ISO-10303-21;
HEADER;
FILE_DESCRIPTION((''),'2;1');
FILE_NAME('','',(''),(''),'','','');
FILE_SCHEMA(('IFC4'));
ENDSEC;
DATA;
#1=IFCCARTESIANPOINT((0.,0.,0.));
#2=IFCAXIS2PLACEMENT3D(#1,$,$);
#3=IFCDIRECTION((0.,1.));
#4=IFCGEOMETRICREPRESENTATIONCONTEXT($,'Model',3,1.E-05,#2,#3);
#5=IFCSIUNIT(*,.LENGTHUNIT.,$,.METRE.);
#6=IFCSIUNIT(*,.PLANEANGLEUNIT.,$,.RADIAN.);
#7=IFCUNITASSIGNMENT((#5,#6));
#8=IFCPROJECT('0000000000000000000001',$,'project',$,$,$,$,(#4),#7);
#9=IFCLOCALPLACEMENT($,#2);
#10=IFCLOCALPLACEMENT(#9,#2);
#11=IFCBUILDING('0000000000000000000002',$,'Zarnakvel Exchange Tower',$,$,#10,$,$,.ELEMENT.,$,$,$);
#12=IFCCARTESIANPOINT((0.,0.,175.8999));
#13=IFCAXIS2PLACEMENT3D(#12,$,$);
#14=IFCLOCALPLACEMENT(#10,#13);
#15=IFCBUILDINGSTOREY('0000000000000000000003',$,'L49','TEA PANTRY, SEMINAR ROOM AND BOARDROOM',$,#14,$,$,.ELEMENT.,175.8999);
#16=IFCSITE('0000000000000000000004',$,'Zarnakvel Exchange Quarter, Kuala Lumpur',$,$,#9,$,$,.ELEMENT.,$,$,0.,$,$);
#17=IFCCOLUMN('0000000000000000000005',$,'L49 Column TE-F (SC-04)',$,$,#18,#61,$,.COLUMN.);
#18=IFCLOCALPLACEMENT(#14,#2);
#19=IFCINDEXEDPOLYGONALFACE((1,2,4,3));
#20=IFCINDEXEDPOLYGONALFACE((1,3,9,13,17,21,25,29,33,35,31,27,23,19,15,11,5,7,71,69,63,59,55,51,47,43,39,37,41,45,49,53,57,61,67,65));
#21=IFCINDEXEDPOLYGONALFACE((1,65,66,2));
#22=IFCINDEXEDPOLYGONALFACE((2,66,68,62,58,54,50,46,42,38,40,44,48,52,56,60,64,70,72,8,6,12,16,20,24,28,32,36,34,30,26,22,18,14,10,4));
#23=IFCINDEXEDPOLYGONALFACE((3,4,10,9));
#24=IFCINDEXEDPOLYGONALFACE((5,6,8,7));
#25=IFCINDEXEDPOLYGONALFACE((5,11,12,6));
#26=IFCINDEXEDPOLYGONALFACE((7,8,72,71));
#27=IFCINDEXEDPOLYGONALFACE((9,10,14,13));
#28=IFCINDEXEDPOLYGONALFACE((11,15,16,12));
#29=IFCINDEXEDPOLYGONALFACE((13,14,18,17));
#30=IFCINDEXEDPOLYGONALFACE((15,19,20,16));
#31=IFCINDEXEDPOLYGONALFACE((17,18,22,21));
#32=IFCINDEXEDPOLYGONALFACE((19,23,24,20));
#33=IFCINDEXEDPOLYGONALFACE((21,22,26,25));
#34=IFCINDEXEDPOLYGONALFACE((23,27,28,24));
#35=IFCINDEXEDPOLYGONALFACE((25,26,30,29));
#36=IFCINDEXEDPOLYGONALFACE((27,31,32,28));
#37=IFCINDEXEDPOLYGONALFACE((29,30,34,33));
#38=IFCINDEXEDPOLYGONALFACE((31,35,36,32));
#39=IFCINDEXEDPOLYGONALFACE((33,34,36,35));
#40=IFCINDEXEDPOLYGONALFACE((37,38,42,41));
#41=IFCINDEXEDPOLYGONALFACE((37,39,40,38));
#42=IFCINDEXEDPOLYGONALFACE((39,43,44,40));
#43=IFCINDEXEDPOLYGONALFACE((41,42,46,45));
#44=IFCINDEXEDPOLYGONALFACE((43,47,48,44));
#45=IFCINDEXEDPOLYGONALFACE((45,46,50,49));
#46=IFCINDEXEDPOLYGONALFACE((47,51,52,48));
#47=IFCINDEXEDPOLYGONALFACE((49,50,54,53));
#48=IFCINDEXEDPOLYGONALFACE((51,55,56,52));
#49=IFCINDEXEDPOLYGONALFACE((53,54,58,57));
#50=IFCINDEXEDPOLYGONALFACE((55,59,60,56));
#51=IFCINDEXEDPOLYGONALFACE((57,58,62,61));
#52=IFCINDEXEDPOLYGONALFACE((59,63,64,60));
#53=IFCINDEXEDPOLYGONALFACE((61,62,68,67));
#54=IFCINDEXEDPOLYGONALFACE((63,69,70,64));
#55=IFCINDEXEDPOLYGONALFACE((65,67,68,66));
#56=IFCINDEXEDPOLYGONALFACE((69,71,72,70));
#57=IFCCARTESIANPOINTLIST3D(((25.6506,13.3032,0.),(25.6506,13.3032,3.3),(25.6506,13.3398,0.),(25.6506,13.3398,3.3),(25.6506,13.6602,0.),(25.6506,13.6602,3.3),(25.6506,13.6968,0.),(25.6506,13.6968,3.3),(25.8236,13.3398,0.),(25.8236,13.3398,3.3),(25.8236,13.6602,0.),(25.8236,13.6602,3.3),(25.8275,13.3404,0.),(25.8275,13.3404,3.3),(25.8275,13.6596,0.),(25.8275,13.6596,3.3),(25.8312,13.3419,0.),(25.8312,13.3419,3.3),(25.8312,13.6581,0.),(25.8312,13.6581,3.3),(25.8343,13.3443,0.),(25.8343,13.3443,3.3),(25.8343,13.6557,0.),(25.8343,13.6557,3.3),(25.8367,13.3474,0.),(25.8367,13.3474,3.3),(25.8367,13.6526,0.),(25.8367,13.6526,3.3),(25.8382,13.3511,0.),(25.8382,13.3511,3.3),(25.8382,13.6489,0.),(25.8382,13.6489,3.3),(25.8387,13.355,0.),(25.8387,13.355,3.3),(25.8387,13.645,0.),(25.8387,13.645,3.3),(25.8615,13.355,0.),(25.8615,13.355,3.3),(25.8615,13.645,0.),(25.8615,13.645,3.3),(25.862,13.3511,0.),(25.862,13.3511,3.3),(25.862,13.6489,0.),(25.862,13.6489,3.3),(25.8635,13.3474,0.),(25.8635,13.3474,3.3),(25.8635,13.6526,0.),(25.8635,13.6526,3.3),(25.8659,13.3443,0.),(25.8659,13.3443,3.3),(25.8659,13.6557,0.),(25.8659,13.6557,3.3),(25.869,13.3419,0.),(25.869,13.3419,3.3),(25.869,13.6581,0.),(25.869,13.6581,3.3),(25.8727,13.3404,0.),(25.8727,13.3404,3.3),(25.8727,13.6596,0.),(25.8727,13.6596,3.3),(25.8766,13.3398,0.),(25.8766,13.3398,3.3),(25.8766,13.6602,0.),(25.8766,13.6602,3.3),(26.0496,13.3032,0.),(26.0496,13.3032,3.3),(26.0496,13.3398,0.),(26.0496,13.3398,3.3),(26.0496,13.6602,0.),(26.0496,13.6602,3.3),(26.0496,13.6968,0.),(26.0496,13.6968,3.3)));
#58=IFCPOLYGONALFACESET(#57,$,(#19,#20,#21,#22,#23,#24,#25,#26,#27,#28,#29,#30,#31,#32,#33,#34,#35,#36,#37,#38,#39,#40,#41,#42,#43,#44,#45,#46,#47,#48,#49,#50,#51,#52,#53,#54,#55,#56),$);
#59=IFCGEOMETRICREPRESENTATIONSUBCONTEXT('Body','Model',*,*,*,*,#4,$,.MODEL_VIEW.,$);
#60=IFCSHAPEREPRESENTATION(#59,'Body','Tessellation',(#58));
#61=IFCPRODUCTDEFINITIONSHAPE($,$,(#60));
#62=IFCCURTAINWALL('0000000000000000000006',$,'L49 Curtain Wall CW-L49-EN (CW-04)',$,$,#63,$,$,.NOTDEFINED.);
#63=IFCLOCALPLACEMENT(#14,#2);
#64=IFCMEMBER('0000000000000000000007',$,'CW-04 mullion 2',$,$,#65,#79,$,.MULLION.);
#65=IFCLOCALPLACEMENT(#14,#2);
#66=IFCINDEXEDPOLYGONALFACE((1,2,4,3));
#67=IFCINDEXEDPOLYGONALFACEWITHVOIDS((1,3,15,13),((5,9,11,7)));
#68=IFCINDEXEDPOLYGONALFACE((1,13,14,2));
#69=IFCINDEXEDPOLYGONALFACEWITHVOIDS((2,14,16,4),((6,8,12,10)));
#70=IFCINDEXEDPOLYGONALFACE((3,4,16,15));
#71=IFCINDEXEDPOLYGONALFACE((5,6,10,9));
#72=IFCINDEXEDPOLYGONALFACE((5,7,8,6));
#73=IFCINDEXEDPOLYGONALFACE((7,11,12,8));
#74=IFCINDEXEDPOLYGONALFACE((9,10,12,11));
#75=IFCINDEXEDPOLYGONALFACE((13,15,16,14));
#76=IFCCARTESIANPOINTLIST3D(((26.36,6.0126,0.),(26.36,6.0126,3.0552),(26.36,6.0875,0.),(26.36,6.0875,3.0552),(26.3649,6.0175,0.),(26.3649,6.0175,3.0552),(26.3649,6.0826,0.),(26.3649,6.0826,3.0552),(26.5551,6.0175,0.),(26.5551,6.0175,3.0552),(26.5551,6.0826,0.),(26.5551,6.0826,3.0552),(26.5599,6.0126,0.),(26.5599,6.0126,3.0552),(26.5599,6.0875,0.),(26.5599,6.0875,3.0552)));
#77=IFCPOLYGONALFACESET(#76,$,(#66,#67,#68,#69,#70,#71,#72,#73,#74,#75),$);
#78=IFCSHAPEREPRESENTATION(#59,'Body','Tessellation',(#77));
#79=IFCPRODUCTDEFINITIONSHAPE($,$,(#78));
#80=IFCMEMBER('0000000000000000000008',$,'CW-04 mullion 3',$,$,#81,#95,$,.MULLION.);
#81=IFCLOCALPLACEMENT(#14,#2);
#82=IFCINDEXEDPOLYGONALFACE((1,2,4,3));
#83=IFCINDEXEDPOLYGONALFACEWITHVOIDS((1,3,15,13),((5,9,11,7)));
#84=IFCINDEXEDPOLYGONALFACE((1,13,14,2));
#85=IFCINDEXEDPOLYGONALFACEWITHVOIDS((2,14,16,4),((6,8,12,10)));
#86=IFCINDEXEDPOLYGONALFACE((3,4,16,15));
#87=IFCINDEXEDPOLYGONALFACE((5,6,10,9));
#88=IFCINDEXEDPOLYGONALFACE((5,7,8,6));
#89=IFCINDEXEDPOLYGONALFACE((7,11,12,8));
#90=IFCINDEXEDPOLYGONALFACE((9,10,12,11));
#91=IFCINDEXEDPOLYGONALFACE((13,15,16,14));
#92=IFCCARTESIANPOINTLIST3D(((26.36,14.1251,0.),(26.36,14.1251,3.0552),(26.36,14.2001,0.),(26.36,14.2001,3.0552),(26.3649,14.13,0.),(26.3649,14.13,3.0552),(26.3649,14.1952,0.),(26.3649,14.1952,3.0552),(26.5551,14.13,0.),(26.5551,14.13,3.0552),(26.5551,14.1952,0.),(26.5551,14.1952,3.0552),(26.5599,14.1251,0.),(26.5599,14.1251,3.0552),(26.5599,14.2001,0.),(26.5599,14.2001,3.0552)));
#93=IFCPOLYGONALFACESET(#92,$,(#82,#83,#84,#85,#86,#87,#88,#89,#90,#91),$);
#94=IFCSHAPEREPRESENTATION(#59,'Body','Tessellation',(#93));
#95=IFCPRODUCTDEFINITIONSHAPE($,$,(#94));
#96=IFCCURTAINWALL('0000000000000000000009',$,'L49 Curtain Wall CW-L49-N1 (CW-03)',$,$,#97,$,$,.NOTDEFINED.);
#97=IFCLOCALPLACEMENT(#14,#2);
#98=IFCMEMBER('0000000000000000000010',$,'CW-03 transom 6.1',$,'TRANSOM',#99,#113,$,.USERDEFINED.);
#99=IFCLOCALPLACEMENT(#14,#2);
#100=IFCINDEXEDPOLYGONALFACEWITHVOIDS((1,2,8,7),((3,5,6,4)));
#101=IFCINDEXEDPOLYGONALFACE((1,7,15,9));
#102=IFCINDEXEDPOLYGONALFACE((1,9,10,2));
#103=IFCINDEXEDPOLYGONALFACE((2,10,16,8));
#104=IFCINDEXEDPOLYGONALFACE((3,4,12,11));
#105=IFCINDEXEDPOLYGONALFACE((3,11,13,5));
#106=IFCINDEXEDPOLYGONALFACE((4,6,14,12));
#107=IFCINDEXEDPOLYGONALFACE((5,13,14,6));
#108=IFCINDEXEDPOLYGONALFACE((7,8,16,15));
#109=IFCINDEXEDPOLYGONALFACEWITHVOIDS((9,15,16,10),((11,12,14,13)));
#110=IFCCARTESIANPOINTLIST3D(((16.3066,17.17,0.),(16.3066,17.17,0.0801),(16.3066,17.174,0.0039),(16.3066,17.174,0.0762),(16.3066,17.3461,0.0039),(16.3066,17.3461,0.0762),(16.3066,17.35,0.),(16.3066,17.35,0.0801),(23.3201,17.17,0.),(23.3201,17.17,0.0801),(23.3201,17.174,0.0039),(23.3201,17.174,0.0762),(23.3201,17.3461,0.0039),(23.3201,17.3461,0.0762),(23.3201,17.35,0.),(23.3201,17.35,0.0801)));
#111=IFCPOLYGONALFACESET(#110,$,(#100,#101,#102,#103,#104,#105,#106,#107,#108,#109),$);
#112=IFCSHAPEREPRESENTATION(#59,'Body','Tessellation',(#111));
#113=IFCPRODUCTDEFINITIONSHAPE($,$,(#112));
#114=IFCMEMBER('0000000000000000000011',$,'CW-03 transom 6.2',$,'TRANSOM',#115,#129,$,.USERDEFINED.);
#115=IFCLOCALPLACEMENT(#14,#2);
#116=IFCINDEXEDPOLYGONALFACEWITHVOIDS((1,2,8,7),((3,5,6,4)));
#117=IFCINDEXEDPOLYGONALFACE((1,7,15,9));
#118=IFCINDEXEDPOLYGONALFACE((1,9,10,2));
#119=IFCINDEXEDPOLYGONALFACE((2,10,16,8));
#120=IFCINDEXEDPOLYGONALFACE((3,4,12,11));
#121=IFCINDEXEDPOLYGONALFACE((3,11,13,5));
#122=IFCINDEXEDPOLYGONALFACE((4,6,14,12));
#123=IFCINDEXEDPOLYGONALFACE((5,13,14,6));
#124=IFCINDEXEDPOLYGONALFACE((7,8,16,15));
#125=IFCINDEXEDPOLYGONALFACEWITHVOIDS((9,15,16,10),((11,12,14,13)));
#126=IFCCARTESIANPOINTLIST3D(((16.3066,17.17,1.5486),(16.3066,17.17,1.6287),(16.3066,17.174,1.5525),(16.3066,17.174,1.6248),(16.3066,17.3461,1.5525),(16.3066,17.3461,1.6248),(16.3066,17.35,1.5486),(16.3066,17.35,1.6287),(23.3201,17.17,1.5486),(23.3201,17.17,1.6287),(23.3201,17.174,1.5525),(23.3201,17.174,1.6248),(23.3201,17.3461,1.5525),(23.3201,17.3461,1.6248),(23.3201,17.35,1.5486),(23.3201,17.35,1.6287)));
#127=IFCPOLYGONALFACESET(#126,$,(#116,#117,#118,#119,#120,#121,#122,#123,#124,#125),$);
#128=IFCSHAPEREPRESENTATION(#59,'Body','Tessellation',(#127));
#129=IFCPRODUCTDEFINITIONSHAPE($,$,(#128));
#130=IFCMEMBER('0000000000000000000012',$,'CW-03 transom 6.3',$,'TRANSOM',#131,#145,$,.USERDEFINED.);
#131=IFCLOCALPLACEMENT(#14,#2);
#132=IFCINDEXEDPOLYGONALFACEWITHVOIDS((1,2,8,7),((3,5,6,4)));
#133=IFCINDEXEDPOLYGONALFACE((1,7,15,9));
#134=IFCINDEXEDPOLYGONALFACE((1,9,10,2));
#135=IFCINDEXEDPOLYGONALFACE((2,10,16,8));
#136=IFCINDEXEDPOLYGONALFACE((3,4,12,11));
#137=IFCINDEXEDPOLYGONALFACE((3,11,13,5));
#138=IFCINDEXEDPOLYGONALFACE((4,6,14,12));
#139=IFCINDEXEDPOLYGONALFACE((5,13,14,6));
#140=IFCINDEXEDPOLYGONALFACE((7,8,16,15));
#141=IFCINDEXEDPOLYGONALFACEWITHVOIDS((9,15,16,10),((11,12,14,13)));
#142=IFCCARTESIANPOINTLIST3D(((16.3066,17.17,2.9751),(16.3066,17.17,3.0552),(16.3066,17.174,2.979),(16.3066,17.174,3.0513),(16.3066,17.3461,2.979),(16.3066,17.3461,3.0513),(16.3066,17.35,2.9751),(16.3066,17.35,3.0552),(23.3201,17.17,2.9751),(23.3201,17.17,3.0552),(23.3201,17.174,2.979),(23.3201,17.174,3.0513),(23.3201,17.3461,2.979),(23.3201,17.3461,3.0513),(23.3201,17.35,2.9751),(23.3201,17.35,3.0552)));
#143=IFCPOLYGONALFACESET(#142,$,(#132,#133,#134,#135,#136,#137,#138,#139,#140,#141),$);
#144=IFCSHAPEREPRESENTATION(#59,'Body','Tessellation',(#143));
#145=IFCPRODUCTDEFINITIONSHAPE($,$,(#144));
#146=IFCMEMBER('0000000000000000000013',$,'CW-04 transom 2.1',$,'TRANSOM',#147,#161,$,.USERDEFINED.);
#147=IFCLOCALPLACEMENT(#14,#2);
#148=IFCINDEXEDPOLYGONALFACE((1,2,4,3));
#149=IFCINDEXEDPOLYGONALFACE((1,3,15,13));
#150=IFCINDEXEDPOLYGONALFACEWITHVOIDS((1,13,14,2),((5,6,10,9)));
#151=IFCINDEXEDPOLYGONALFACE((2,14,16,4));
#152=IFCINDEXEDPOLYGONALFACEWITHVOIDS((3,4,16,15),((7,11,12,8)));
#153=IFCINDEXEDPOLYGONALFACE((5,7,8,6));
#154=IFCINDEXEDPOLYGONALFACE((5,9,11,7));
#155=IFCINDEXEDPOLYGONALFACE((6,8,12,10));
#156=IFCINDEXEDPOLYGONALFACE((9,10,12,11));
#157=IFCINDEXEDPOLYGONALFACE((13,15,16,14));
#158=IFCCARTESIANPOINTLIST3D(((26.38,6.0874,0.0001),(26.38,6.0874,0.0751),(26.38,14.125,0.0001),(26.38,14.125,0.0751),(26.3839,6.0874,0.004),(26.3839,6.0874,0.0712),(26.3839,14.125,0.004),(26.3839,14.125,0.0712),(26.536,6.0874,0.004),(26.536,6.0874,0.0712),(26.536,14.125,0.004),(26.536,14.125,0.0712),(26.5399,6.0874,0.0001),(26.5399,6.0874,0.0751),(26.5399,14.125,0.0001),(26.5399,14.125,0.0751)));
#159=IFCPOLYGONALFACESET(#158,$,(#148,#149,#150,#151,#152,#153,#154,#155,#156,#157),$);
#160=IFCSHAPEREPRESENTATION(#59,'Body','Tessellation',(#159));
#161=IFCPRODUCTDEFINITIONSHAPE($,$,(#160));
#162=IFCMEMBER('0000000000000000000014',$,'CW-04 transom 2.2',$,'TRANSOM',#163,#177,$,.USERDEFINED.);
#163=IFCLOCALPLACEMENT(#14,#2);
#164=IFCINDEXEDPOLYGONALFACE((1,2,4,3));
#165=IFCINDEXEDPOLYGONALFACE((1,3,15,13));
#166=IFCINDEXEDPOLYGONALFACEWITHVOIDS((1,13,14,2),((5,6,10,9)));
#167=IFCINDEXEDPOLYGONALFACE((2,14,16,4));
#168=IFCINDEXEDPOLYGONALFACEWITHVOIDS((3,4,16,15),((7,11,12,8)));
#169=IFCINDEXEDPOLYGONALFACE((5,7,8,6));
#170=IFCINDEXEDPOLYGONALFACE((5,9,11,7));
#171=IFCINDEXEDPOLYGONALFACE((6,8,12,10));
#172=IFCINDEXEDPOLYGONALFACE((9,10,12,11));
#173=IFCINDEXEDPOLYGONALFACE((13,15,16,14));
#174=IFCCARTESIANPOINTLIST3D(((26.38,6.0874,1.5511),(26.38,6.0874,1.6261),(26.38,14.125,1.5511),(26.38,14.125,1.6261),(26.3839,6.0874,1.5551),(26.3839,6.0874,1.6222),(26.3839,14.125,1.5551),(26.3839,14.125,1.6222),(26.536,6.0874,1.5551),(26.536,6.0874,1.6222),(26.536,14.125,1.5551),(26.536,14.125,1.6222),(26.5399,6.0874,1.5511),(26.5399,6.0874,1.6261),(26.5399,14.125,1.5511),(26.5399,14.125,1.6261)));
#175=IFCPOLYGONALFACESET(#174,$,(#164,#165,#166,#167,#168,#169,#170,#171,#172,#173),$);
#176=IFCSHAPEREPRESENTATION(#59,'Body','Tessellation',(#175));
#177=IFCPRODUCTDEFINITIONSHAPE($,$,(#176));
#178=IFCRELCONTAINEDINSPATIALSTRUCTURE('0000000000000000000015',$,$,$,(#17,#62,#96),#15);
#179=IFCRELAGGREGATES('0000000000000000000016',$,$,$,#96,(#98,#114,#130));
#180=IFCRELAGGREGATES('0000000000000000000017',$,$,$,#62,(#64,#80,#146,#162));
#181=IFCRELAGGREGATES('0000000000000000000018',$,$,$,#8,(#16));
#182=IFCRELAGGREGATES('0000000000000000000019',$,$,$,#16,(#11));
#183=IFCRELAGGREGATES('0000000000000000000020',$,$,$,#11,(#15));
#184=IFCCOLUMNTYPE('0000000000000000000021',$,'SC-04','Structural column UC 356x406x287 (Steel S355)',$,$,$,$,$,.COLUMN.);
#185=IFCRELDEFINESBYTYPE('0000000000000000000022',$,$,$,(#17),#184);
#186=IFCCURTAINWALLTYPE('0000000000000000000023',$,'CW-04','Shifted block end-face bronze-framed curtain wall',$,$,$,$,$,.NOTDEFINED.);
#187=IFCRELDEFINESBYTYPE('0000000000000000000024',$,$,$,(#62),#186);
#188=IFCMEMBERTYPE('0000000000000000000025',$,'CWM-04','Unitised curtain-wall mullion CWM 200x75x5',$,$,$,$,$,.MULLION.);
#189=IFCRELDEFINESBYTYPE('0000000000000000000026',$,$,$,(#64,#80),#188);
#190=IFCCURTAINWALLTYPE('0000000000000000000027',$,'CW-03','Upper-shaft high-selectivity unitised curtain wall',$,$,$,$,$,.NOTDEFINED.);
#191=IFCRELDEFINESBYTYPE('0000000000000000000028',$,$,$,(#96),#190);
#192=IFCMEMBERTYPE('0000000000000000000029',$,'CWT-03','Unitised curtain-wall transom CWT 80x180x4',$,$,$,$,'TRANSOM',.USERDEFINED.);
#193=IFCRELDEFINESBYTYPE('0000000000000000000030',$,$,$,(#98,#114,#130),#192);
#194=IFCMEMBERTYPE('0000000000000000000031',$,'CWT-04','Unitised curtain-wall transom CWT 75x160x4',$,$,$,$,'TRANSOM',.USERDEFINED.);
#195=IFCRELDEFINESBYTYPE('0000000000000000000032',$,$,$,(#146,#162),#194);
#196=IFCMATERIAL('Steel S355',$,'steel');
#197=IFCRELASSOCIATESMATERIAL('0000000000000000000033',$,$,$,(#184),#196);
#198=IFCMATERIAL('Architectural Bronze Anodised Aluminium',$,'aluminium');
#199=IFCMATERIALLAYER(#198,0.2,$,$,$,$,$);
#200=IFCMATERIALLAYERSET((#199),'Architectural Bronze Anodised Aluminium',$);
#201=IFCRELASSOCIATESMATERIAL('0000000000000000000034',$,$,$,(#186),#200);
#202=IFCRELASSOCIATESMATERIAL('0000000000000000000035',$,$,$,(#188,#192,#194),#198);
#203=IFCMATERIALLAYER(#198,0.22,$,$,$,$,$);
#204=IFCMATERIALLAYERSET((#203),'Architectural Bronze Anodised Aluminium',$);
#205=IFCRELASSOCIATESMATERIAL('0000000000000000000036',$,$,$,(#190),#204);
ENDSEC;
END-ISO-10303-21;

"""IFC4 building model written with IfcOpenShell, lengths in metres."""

from ifc_helpers import new_model, si_unit, direction, frame, origin, origin_2d, place, context, subcontext, project, spatial, hollow_rectangle, i_section, extrude, source, transform, mapped, material, layer, layer_set, material_profile, profile_set, type_object, element, aggregate, save


model = new_model("IFC4")

# Units and contexts
model_context = context("Model", 3, precision=1e-05, world=origin(), true_north=direction((0.0, 1.0)))
body_context = subcontext(model_context, "Body", "Model", "MODEL_VIEW")
ifc_project = project(units=[si_unit("LENGTHUNIT", "METRE"), si_unit("PLANEANGLEUNIT", "RADIAN")], contexts=[model_context])

# Site, building, storey
site_placement = place(None, origin())
site = spatial("IfcSite", under=ifc_project, at=site_placement, Name="Zarnakvel Exchange Quarter, Kuala Lumpur", CompositionType="ELEMENT", RefElevation=0.0)
building_placement = place(site_placement, origin())
building = spatial("IfcBuilding", under=site, at=building_placement, Name="Zarnakvel Exchange Tower", CompositionType="ELEMENT")
storey_placement = place(building_placement, frame((0.0, 0.0, 175.8999)))
storey = spatial("IfcBuildingStorey", under=building, at=storey_placement, Name="L49", Description="TEA PANTRY, SEMINAR ROOM AND BOARDROOM", CompositionType="ELEMENT", Elevation=175.8999)

# Column
ifc_material_1 = material(Name="Steel S355", Category="steel")
ifc_material_profile_1 = material_profile(ifc_material_1, i_section(OverallWidth=0.3989, OverallDepth=0.3936, WebThickness=0.0227, FlangeThickness=0.0366, FilletRadius=0.0151, at=origin_2d()))
ifc_profile_set_1 = profile_set([ifc_material_profile_1], Name="Steel S355")
column_type = type_object("IfcColumnType", Name="SC-04", Description="Structural column UC 356x406x287 (Steel S355)", PredefinedType="COLUMN", material=ifc_profile_set_1)
column_placement = place(storey_placement, frame((25.8501, 13.5, 0.0), z_axis=(0.0, 0.0, 1.0), x_axis=(1.0, 0.0, 0.0)))
element("IfcColumn", 1, at=column_placement, inside=storey, type_object=column_type, Name="L49 Column TE-F (SC-04)", PredefinedType="COLUMN", context=body_context, shape_type="SweptSolid", body=[
    extrude(i_section(OverallWidth=0.3989, OverallDepth=0.3936, WebThickness=0.0227, FlangeThickness=0.0366, FilletRadius=0.0151, at=origin_2d()), origin(), (0.0, 0.0, 1.0), 3.3),
])

# Curtain walls, members
ifc_material_2 = material(Name="Architectural Bronze Anodised Aluminium", Category="aluminium")
ifc_layer_1 = layer(ifc_material_2, 0.2)
ifc_layer_set_1 = layer_set([ifc_layer_1], Name="Architectural Bronze Anodised Aluminium")
curtain_wall_type_1 = type_object("IfcCurtainWallType", Name="CW-04", Description="Shifted block end-face bronze-framed curtain wall", PredefinedType="NOTDEFINED", material=ifc_layer_set_1)
curtain_wall_1_placement = place(storey_placement, origin())
curtain_wall_1 = element("IfcCurtainWall", 2, at=curtain_wall_1_placement, inside=storey, type_object=curtain_wall_type_1, Name="L49 Curtain Wall CW-L49-EN (CW-04)", PredefinedType="NOTDEFINED")
ifc_material_profile_2 = material_profile(ifc_material_2, hollow_rectangle(XDim=0.2, YDim=0.075, WallThickness=0.0049, at=origin_2d()))
ifc_profile_set_2 = profile_set([ifc_material_profile_2], Name="Architectural Bronze Anodised Aluminium")
member_type_1 = type_object("IfcMemberType", Name="CWM-04", Description="Unitised curtain-wall mullion CWM 200x75x5", PredefinedType="MULLION", material=ifc_profile_set_2)
shared_shape_1 = source(origin(), body_context, "Body", "SweptSolid", [
    extrude(hollow_rectangle(XDim=0.2, YDim=0.075, WallThickness=0.0049, at=origin_2d()), origin(), (0.0, 0.0, 1.0), 3.0552),
])
member_1_placement = place(storey_placement, frame((26.46, 6.05, 0.0), z_axis=(0.0, 0.0, 1.0), x_axis=(-1.0, 0.0, 0.0)))
member_1 = element("IfcMember", 3, at=member_1_placement, type_object=member_type_1, Name="CW-04 mullion 2", PredefinedType="MULLION", context=body_context, shape_type="MappedRepresentation", body=[
    mapped(shared_shape_1, transform((0.0, 0.0, 0.0), x_axis=(1.0, 0.0, 0.0), y_axis=(0.0, 1.0, 0.0), z_axis=(0.0, 0.0, 1.0), scale=1.0)),
])
member_2_placement = place(storey_placement, frame((26.46, 14.1626, 0.0), z_axis=(0.0, 0.0, 1.0), x_axis=(-1.0, 0.0, 0.0)))
member_2 = element("IfcMember", 4, at=member_2_placement, type_object=member_type_1, Name="CW-04 mullion 3", PredefinedType="MULLION", context=body_context, shape_type="MappedRepresentation", body=[
    mapped(shared_shape_1, transform((0.0, 0.0, 0.0), x_axis=(1.0, 0.0, 0.0), y_axis=(0.0, 1.0, 0.0), z_axis=(0.0, 0.0, 1.0), scale=1.0)),
])
ifc_layer_2 = layer(ifc_material_2, 0.22)
ifc_layer_set_2 = layer_set([ifc_layer_2], Name="Architectural Bronze Anodised Aluminium")
curtain_wall_type_2 = type_object("IfcCurtainWallType", Name="CW-03", Description="Upper-shaft high-selectivity unitised curtain wall", PredefinedType="NOTDEFINED", material=ifc_layer_set_2)
curtain_wall_2_placement = place(storey_placement, origin())
curtain_wall_2 = element("IfcCurtainWall", 5, at=curtain_wall_2_placement, inside=storey, type_object=curtain_wall_type_2, Name="L49 Curtain Wall CW-L49-N1 (CW-03)", PredefinedType="NOTDEFINED")
ifc_material_profile_3 = material_profile(ifc_material_2, hollow_rectangle(XDim=0.1799, YDim=0.0801, WallThickness=0.0039, at=origin_2d()))
ifc_profile_set_3 = profile_set([ifc_material_profile_3], Name="Architectural Bronze Anodised Aluminium")
member_type_2 = type_object("IfcMemberType", Name="CWT-03", Description="Unitised curtain-wall transom CWT 80x180x4", ElementType="TRANSOM", PredefinedType="USERDEFINED", material=ifc_profile_set_3)
shared_shape_2 = source(origin(), body_context, "Body", "SweptSolid", [
    extrude(hollow_rectangle(XDim=0.1799, YDim=0.0801, WallThickness=0.0039, at=origin_2d()), origin(), (0.0, 0.0, 1.0), 7.0134),
])
member_3_placement = place(storey_placement, frame((16.3066, 17.26, 0.04), z_axis=(1.0, 0.0, 0.0), x_axis=(0.0, 1.0, 0.0)))
member_3 = element("IfcMember", 6, at=member_3_placement, type_object=member_type_2, Name="CW-03 transom 6.1", ObjectType="TRANSOM", PredefinedType="USERDEFINED", context=body_context, shape_type="MappedRepresentation", body=[
    mapped(shared_shape_2, transform((0.0, 0.0, 0.0), x_axis=(1.0, 0.0, 0.0), y_axis=(0.0, 1.0, 0.0), z_axis=(0.0, 0.0, 1.0), scale=1.0)),
])
member_4_placement = place(storey_placement, frame((16.3066, 17.26, 1.5886), z_axis=(1.0, 0.0, 0.0), x_axis=(0.0, 1.0, 0.0)))
member_4 = element("IfcMember", 7, at=member_4_placement, type_object=member_type_2, Name="CW-03 transom 6.2", ObjectType="TRANSOM", PredefinedType="USERDEFINED", context=body_context, shape_type="MappedRepresentation", body=[
    mapped(shared_shape_2, transform((0.0, 0.0, 0.0), x_axis=(1.0, 0.0, 0.0), y_axis=(0.0, 1.0, 0.0), z_axis=(0.0, 0.0, 1.0), scale=1.0)),
])
member_5_placement = place(storey_placement, frame((16.3066, 17.26, 3.0151), z_axis=(1.0, 0.0, 0.0), x_axis=(0.0, 1.0, 0.0)))
member_5 = element("IfcMember", 8, at=member_5_placement, type_object=member_type_2, Name="CW-03 transom 6.3", ObjectType="TRANSOM", PredefinedType="USERDEFINED", context=body_context, shape_type="MappedRepresentation", body=[
    mapped(shared_shape_2, transform((0.0, 0.0, 0.0), x_axis=(1.0, 0.0, 0.0), y_axis=(0.0, 1.0, 0.0), z_axis=(0.0, 0.0, 1.0), scale=1.0)),
])

# Members
ifc_material_profile_4 = material_profile(ifc_material_2, hollow_rectangle(XDim=0.1599, YDim=0.075, WallThickness=0.0039, at=origin_2d()))
ifc_profile_set_4 = profile_set([ifc_material_profile_4], Name="Architectural Bronze Anodised Aluminium")
member_type_3 = type_object("IfcMemberType", Name="CWT-04", Description="Unitised curtain-wall transom CWT 75x160x4", ElementType="TRANSOM", PredefinedType="USERDEFINED", material=ifc_profile_set_4)
shared_shape_3 = source(origin(), body_context, "Body", "SweptSolid", [
    extrude(hollow_rectangle(XDim=0.1599, YDim=0.075, WallThickness=0.0039, at=origin_2d()), origin(), (0.0, 0.0, 1.0), 8.0376),
])
member_6_placement = place(storey_placement, frame((26.46, 6.0874, 0.0376), z_axis=(0.0, 1.0, 0.0), x_axis=(-1.0, 0.0, 0.0)))
member_6 = element("IfcMember", 9, at=member_6_placement, type_object=member_type_3, Name="CW-04 transom 2.1", ObjectType="TRANSOM", PredefinedType="USERDEFINED", context=body_context, shape_type="MappedRepresentation", body=[
    mapped(shared_shape_3, transform((0.0, 0.0, 0.0), x_axis=(1.0, 0.0, 0.0), y_axis=(0.0, 1.0, 0.0), z_axis=(0.0, 0.0, 1.0), scale=1.0)),
])
member_7_placement = place(storey_placement, frame((26.46, 6.0874, 1.5886), z_axis=(0.0, 1.0, 0.0), x_axis=(-1.0, 0.0, 0.0)))
member_7 = element("IfcMember", 10, at=member_7_placement, type_object=member_type_3, Name="CW-04 transom 2.2", ObjectType="TRANSOM", PredefinedType="USERDEFINED", context=body_context, shape_type="MappedRepresentation", body=[
    mapped(shared_shape_3, transform((0.0, 0.0, 0.0), x_axis=(1.0, 0.0, 0.0), y_axis=(0.0, 1.0, 0.0), z_axis=(0.0, 0.0, 1.0), scale=1.0)),
])

aggregate(curtain_wall_2, [member_3, member_4, member_5])
aggregate(curtain_wall_1, [member_1, member_2, member_6, member_7])

save(model, "model.ifc")
